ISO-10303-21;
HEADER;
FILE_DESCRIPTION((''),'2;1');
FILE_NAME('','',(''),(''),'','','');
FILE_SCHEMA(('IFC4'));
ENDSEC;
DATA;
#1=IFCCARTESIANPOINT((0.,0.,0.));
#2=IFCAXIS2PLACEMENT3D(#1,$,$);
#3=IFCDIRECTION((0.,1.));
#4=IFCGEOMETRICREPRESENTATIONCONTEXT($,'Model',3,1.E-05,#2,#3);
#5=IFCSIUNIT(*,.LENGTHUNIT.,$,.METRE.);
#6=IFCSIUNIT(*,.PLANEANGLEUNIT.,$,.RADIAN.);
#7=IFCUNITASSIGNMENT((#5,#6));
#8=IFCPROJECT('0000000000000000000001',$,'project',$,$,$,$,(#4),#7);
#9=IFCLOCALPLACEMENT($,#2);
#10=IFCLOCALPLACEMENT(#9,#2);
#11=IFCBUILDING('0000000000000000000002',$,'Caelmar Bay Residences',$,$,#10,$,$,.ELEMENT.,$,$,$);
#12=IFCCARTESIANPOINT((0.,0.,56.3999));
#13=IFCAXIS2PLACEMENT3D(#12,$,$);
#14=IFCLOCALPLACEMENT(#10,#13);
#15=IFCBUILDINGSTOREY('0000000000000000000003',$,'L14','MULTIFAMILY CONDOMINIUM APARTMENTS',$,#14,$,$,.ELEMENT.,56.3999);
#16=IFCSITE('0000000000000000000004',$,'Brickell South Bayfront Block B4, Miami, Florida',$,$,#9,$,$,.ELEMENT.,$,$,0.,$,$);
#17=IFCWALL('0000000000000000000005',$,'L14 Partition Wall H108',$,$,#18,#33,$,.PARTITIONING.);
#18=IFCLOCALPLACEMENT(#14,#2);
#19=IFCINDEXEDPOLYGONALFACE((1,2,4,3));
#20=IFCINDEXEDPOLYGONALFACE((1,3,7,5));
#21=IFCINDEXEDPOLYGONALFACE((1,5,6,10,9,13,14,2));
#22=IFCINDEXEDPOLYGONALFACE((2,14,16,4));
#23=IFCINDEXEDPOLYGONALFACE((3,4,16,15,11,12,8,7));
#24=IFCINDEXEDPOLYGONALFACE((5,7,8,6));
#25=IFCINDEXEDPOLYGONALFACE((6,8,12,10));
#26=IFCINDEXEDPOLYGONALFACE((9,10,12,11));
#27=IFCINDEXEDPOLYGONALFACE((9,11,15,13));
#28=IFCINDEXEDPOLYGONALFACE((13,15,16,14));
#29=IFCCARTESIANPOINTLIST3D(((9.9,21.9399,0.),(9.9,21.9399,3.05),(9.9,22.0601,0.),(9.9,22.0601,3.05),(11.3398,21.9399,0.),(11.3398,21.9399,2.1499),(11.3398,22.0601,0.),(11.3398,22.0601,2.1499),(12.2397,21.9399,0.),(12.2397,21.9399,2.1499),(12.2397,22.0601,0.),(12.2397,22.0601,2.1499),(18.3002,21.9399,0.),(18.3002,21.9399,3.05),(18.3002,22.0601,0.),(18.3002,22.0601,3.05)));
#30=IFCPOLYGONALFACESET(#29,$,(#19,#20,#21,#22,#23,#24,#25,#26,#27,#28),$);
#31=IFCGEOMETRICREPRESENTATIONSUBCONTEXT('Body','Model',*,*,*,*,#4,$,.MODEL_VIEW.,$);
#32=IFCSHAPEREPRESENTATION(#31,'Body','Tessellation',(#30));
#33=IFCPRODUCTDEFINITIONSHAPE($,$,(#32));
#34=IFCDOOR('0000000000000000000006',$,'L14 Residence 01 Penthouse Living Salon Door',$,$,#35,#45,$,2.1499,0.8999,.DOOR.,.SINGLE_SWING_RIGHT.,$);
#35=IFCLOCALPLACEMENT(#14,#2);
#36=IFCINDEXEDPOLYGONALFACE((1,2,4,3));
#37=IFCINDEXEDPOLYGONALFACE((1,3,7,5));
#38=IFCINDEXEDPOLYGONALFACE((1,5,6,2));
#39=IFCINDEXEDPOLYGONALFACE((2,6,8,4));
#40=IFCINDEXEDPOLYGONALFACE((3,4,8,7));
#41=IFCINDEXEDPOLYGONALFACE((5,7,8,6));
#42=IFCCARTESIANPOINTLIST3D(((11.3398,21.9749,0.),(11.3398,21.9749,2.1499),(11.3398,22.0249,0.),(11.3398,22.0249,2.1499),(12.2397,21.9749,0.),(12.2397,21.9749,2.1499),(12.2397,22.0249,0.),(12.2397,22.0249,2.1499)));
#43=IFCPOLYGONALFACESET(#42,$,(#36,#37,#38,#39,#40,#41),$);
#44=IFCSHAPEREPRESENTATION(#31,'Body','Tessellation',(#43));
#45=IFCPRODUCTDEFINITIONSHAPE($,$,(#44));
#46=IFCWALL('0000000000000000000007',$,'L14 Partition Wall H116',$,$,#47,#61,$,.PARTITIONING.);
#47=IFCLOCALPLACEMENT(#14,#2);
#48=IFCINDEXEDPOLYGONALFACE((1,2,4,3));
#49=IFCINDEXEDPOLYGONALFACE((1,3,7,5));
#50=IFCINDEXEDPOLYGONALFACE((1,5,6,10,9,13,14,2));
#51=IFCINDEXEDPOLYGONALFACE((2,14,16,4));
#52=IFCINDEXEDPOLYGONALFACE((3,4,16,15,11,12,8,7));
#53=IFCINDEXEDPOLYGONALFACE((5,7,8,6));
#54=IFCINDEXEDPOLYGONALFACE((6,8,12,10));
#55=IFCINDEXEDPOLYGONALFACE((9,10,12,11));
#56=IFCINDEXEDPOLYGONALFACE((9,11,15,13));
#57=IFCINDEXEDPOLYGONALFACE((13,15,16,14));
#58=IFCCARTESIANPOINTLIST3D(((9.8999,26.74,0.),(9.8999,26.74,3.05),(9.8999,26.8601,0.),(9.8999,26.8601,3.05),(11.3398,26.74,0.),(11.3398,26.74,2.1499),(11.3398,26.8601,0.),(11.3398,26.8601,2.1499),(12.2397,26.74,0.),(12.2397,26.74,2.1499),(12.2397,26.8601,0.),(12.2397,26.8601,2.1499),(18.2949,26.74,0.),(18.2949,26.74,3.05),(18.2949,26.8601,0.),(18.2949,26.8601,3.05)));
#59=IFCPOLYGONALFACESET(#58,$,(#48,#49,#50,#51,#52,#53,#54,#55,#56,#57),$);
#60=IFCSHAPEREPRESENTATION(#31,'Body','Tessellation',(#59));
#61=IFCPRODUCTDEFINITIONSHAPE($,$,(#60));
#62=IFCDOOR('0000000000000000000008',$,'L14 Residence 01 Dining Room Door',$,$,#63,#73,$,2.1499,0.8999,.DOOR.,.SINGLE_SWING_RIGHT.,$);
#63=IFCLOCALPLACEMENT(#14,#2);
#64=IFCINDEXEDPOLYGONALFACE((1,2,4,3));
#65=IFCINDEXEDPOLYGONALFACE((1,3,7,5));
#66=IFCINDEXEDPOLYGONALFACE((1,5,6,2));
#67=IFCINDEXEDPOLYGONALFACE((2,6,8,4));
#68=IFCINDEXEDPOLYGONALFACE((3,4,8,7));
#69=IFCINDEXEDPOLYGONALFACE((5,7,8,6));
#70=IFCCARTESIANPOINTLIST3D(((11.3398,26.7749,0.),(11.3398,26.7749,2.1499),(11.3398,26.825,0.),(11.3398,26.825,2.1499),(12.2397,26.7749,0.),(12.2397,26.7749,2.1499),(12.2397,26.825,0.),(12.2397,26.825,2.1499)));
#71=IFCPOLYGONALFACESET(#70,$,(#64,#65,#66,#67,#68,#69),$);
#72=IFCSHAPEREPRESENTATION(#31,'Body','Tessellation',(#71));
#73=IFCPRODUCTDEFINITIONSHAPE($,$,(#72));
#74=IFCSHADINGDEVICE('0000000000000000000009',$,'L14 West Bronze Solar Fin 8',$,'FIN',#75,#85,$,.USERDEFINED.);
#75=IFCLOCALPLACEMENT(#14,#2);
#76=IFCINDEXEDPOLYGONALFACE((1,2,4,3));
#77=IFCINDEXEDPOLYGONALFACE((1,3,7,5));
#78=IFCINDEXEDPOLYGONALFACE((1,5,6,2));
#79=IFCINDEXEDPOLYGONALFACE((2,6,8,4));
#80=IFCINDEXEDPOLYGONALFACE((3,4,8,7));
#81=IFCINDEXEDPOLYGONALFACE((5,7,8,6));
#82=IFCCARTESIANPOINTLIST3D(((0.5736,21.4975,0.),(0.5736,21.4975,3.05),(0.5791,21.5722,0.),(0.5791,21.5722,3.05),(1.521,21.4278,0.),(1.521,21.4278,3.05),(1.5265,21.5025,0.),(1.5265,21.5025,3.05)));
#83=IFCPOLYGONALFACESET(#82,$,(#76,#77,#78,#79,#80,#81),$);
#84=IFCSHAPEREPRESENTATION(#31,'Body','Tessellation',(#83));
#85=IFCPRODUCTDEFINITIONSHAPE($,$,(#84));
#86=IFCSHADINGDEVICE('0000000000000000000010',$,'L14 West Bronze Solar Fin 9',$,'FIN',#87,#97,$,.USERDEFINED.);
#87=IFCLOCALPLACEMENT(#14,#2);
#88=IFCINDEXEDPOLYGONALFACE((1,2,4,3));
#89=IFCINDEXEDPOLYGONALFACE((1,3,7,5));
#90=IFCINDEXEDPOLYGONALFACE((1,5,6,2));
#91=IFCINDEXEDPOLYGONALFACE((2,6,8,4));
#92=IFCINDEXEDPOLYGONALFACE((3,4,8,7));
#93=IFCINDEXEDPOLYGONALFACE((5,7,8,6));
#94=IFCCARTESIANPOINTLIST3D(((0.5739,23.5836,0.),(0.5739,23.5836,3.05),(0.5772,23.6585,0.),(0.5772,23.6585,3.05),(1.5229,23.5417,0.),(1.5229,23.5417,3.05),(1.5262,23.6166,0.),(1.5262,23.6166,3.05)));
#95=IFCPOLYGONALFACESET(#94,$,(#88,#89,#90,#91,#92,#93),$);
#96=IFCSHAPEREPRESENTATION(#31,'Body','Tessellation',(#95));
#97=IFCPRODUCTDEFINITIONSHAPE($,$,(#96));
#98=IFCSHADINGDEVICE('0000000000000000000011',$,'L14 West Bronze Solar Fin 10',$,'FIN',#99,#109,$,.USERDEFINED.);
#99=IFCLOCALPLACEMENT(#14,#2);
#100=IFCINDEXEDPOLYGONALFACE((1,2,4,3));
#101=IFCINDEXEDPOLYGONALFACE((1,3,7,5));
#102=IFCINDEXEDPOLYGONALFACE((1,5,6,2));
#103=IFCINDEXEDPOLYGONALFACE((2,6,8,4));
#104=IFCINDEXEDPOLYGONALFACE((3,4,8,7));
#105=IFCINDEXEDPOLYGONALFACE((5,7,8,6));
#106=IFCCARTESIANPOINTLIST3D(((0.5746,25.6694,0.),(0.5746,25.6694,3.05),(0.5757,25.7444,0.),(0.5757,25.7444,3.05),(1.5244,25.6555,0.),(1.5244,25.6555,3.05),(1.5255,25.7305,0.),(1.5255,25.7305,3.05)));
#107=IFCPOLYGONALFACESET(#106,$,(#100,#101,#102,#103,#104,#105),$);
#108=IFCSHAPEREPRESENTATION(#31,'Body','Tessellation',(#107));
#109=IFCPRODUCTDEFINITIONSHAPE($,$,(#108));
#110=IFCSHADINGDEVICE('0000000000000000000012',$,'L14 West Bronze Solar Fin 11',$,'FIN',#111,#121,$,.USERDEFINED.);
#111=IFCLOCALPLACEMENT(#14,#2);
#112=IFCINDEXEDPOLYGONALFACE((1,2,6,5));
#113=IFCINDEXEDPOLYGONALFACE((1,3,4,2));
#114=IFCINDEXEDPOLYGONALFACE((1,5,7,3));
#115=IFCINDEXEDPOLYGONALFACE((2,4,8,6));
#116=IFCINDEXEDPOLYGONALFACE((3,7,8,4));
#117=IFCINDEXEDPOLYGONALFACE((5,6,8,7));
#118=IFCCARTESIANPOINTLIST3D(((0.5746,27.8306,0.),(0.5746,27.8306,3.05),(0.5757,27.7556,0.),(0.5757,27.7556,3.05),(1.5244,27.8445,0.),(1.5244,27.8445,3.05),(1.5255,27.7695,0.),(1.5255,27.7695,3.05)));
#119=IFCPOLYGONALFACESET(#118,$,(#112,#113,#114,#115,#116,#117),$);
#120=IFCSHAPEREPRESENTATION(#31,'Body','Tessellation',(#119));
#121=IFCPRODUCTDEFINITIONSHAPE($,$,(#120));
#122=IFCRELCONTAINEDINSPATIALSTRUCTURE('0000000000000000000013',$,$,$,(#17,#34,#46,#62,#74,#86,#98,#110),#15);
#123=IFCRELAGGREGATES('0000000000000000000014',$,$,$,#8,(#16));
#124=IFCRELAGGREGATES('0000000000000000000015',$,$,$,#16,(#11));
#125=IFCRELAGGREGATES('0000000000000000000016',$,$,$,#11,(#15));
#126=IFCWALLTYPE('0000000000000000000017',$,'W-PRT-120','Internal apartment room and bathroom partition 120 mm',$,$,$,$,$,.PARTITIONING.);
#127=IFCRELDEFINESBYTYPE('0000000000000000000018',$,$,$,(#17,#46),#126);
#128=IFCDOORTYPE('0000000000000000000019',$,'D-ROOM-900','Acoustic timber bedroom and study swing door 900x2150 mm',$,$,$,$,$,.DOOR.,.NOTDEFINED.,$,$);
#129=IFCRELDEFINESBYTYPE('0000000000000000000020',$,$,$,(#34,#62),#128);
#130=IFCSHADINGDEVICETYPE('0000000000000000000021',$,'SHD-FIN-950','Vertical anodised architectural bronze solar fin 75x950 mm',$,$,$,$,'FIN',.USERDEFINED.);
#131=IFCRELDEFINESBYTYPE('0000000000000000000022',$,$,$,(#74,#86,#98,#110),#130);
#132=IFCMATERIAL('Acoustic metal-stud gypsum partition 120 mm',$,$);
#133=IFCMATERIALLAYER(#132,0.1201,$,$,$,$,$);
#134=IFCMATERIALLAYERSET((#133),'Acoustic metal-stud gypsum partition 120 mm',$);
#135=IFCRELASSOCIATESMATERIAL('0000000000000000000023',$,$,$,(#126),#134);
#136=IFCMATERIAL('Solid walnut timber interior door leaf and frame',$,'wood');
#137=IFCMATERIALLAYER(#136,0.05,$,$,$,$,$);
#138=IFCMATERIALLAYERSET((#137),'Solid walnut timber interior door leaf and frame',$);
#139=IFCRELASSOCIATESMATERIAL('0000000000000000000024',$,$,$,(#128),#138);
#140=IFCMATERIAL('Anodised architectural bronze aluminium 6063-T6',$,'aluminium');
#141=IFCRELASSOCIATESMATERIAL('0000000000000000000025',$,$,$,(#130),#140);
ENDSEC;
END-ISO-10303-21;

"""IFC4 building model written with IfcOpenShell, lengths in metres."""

from ifc_helpers import new_model, si_unit, direction, frame, frame_2d, origin, origin_2d, place, context, subcontext, project, spatial, rectangle, extrude, material, layer, layer_set, material_profile, profile_set, type_object, element, fill, save


model = new_model("IFC4")

# Units and contexts
model_context = context("Model", 3, precision=1e-05, world=origin(), true_north=direction((0.0, 1.0)))
body_context = subcontext(model_context, "Body", "Model", "MODEL_VIEW")
ifc_project = project(units=[si_unit("LENGTHUNIT", "METRE"), si_unit("PLANEANGLEUNIT", "RADIAN")], contexts=[model_context])

# Site, building, storey
site_placement = place(None, origin())
site = spatial("IfcSite", under=ifc_project, at=site_placement, Name="Brickell South Bayfront Block B4, Miami, Florida", CompositionType="ELEMENT", RefElevation=0.0)
building_placement = place(site_placement, origin())
building = spatial("IfcBuilding", under=site, at=building_placement, Name="Caelmar Bay Residences", CompositionType="ELEMENT")
storey_placement = place(building_placement, frame((0.0, 0.0, 56.3999)))
storey = spatial("IfcBuildingStorey", under=building, at=storey_placement, Name="L14", Description="MULTIFAMILY CONDOMINIUM APARTMENTS", CompositionType="ELEMENT", Elevation=56.3999)

# Shared definitions
ifc_material_1 = material(Name="Acoustic metal-stud gypsum partition 120 mm")
ifc_layer_1 = layer(ifc_material_1, 0.1201)
ifc_layer_set_1 = layer_set([ifc_layer_1], Name="Acoustic metal-stud gypsum partition 120 mm")
wall_type_1 = type_object("IfcWallType", Name="W-PRT-120", Description="Internal apartment room and bathroom partition 120 mm", PredefinedType="PARTITIONING", material=ifc_layer_set_1)

# Shared definitions
ifc_material_2 = material(Name="Solid walnut timber interior door leaf and frame", Category="wood")
ifc_layer_2 = layer(ifc_material_2, 0.05)
ifc_layer_set_2 = layer_set([ifc_layer_2], Name="Solid walnut timber interior door leaf and frame")
door_type_1 = type_object("IfcDoorType", Name="D-ROOM-900", Description="Acoustic timber bedroom and study swing door 900x2150 mm", OperationType="NOTDEFINED", PredefinedType="DOOR", material=ifc_layer_set_2)

# Walls, openings, doors
wall_1_placement = place(storey_placement, frame((9.8999, 22.0, 0.0), z_axis=(0.0, 0.0, 1.0), x_axis=(1.0, 0.0, 0.0)))
wall_1 = element("IfcWall", 1, at=wall_1_placement, inside=storey, type_object=wall_type_1, Name="L14 Partition Wall H108", PredefinedType="PARTITIONING", context=body_context, shape_type="SweptSolid", body=[
    extrude(rectangle(XDim=8.4001, YDim=0.1201, at=frame_2d((4.2002, 0.0))), origin(), (0.0, 0.0, 1.0), 3.05),
])
opening_1_placement = place(wall_1_placement, frame((1.4399, 0.0, 0.0)))
opening_1 = element("IfcOpeningElement", 2, at=opening_1_placement, cuts=wall_1, PredefinedType="OPENING", context=body_context, shape_type="SweptSolid", body=[
    extrude(rectangle(XDim=0.8999, YDim=2.1499, at=frame_2d((0.45, 1.075))), frame((0.0, 0.0701, 0.0), z_axis=(0.0, -1.0, 0.0), x_axis=(1.0, 0.0, 0.0)), (0.0, 0.0, 1.0), 0.1401),
])
door_1_placement = place(opening_1_placement, origin())
door_1 = element("IfcDoor", 3, at=door_1_placement, inside=storey, type_object=door_type_1, Name="L14 Residence 01 Penthouse Living Salon Door", OperationType="SINGLE_SWING_RIGHT", OverallHeight=2.1499, OverallWidth=0.8999, PredefinedType="DOOR", context=body_context, shape_type="SweptSolid", body=[
    extrude(rectangle(XDim=0.8999, YDim=2.1499, at=frame_2d((0.45, 1.075))), frame((0.0, 0.0249, 0.0), z_axis=(0.0, -1.0, 0.0), x_axis=(1.0, 0.0, 0.0)), (0.0, 0.0, 1.0), 0.05),
])
fill(opening_1, door_1)
wall_2_placement = place(storey_placement, frame((9.8999, 26.8, 0.0), z_axis=(0.0, 0.0, 1.0), x_axis=(1.0, 0.0, 0.0)))
wall_2 = element("IfcWall", 4, at=wall_2_placement, inside=storey, type_object=wall_type_1, Name="L14 Partition Wall H116", PredefinedType="PARTITIONING", context=body_context, shape_type="SweptSolid", body=[
    extrude(rectangle(XDim=8.395, YDim=0.1201, at=frame_2d((4.1975, 0.0))), origin(), (0.0, 0.0, 1.0), 3.05),
])
opening_2_placement = place(wall_2_placement, frame((1.4399, 0.0, 0.0)))
opening_2 = element("IfcOpeningElement", 5, at=opening_2_placement, cuts=wall_2, PredefinedType="OPENING", context=body_context, shape_type="SweptSolid", body=[
    extrude(rectangle(XDim=0.8999, YDim=2.1499, at=frame_2d((0.45, 1.075))), frame((0.0, 0.0701, 0.0), z_axis=(0.0, -1.0, 0.0), x_axis=(1.0, 0.0, 0.0)), (0.0, 0.0, 1.0), 0.1401),
])
door_2_placement = place(opening_2_placement, origin())
door_2 = element("IfcDoor", 6, at=door_2_placement, inside=storey, type_object=door_type_1, Name="L14 Residence 01 Dining Room Door", OperationType="SINGLE_SWING_RIGHT", OverallHeight=2.1499, OverallWidth=0.8999, PredefinedType="DOOR", context=body_context, shape_type="SweptSolid", body=[
    extrude(rectangle(XDim=0.8999, YDim=2.1499, at=frame_2d((0.45, 1.075))), frame((0.0, 0.0249, 0.0), z_axis=(0.0, -1.0, 0.0), x_axis=(1.0, 0.0, 0.0)), (0.0, 0.0, 1.0), 0.05),
])
fill(opening_2, door_2)

# Shading devices
ifc_material_3 = material(Name="Anodised architectural bronze aluminium 6063-T6", Category="aluminium")
ifc_material_profile_1 = material_profile(ifc_material_3, rectangle(XDim=0.075, YDim=0.95, at=origin_2d()), Name="BRONZE-FIN-75X950")
ifc_profile_set_1 = profile_set([ifc_material_profile_1], Name="Anodised architectural bronze aluminium 6063-T6")
shading_device_type = type_object("IfcShadingDeviceType", Name="SHD-FIN-950", Description="Vertical anodised architectural bronze solar fin 75x950 mm", ElementType="FIN", PredefinedType="USERDEFINED", material=ifc_profile_set_1)
for number, where, z_axis, x_axis, name in (
    (7, (1.05, 21.5, 0.0), (0.0, 0.0, 1.0), (0.073412, 0.997302, 0.0), "L14 West Bronze Solar Fin 8"),
    (8, (1.05, 23.6001, 0.0), (0.0, 0.0, 1.0), (0.044142, 0.999025, 0.0), "L14 West Bronze Solar Fin 9"),
    (9, (1.05, 25.7, 0.0), (0.0, 0.0, 1.0), (0.01466, 0.999893, 0.0), "L14 West Bronze Solar Fin 10"),
    (10, (1.05, 27.8, 0.0), (0.0, 0.0, 1.0), (-0.01466, 0.999893, 0.0), "L14 West Bronze Solar Fin 11"),
):
    element("IfcShadingDevice", number, at=place(storey_placement, frame(where, z_axis=z_axis, x_axis=x_axis)), inside=storey, type_object=shading_device_type, Name=name, ObjectType="FIN", PredefinedType="USERDEFINED", context=body_context, shape_type="SweptSolid", body=[
        extrude(rectangle(XDim=0.075, YDim=0.95, at=origin_2d()), origin(), (0.0, 0.0, 1.0), 3.05),
    ])

save(model, "model.ifc")
